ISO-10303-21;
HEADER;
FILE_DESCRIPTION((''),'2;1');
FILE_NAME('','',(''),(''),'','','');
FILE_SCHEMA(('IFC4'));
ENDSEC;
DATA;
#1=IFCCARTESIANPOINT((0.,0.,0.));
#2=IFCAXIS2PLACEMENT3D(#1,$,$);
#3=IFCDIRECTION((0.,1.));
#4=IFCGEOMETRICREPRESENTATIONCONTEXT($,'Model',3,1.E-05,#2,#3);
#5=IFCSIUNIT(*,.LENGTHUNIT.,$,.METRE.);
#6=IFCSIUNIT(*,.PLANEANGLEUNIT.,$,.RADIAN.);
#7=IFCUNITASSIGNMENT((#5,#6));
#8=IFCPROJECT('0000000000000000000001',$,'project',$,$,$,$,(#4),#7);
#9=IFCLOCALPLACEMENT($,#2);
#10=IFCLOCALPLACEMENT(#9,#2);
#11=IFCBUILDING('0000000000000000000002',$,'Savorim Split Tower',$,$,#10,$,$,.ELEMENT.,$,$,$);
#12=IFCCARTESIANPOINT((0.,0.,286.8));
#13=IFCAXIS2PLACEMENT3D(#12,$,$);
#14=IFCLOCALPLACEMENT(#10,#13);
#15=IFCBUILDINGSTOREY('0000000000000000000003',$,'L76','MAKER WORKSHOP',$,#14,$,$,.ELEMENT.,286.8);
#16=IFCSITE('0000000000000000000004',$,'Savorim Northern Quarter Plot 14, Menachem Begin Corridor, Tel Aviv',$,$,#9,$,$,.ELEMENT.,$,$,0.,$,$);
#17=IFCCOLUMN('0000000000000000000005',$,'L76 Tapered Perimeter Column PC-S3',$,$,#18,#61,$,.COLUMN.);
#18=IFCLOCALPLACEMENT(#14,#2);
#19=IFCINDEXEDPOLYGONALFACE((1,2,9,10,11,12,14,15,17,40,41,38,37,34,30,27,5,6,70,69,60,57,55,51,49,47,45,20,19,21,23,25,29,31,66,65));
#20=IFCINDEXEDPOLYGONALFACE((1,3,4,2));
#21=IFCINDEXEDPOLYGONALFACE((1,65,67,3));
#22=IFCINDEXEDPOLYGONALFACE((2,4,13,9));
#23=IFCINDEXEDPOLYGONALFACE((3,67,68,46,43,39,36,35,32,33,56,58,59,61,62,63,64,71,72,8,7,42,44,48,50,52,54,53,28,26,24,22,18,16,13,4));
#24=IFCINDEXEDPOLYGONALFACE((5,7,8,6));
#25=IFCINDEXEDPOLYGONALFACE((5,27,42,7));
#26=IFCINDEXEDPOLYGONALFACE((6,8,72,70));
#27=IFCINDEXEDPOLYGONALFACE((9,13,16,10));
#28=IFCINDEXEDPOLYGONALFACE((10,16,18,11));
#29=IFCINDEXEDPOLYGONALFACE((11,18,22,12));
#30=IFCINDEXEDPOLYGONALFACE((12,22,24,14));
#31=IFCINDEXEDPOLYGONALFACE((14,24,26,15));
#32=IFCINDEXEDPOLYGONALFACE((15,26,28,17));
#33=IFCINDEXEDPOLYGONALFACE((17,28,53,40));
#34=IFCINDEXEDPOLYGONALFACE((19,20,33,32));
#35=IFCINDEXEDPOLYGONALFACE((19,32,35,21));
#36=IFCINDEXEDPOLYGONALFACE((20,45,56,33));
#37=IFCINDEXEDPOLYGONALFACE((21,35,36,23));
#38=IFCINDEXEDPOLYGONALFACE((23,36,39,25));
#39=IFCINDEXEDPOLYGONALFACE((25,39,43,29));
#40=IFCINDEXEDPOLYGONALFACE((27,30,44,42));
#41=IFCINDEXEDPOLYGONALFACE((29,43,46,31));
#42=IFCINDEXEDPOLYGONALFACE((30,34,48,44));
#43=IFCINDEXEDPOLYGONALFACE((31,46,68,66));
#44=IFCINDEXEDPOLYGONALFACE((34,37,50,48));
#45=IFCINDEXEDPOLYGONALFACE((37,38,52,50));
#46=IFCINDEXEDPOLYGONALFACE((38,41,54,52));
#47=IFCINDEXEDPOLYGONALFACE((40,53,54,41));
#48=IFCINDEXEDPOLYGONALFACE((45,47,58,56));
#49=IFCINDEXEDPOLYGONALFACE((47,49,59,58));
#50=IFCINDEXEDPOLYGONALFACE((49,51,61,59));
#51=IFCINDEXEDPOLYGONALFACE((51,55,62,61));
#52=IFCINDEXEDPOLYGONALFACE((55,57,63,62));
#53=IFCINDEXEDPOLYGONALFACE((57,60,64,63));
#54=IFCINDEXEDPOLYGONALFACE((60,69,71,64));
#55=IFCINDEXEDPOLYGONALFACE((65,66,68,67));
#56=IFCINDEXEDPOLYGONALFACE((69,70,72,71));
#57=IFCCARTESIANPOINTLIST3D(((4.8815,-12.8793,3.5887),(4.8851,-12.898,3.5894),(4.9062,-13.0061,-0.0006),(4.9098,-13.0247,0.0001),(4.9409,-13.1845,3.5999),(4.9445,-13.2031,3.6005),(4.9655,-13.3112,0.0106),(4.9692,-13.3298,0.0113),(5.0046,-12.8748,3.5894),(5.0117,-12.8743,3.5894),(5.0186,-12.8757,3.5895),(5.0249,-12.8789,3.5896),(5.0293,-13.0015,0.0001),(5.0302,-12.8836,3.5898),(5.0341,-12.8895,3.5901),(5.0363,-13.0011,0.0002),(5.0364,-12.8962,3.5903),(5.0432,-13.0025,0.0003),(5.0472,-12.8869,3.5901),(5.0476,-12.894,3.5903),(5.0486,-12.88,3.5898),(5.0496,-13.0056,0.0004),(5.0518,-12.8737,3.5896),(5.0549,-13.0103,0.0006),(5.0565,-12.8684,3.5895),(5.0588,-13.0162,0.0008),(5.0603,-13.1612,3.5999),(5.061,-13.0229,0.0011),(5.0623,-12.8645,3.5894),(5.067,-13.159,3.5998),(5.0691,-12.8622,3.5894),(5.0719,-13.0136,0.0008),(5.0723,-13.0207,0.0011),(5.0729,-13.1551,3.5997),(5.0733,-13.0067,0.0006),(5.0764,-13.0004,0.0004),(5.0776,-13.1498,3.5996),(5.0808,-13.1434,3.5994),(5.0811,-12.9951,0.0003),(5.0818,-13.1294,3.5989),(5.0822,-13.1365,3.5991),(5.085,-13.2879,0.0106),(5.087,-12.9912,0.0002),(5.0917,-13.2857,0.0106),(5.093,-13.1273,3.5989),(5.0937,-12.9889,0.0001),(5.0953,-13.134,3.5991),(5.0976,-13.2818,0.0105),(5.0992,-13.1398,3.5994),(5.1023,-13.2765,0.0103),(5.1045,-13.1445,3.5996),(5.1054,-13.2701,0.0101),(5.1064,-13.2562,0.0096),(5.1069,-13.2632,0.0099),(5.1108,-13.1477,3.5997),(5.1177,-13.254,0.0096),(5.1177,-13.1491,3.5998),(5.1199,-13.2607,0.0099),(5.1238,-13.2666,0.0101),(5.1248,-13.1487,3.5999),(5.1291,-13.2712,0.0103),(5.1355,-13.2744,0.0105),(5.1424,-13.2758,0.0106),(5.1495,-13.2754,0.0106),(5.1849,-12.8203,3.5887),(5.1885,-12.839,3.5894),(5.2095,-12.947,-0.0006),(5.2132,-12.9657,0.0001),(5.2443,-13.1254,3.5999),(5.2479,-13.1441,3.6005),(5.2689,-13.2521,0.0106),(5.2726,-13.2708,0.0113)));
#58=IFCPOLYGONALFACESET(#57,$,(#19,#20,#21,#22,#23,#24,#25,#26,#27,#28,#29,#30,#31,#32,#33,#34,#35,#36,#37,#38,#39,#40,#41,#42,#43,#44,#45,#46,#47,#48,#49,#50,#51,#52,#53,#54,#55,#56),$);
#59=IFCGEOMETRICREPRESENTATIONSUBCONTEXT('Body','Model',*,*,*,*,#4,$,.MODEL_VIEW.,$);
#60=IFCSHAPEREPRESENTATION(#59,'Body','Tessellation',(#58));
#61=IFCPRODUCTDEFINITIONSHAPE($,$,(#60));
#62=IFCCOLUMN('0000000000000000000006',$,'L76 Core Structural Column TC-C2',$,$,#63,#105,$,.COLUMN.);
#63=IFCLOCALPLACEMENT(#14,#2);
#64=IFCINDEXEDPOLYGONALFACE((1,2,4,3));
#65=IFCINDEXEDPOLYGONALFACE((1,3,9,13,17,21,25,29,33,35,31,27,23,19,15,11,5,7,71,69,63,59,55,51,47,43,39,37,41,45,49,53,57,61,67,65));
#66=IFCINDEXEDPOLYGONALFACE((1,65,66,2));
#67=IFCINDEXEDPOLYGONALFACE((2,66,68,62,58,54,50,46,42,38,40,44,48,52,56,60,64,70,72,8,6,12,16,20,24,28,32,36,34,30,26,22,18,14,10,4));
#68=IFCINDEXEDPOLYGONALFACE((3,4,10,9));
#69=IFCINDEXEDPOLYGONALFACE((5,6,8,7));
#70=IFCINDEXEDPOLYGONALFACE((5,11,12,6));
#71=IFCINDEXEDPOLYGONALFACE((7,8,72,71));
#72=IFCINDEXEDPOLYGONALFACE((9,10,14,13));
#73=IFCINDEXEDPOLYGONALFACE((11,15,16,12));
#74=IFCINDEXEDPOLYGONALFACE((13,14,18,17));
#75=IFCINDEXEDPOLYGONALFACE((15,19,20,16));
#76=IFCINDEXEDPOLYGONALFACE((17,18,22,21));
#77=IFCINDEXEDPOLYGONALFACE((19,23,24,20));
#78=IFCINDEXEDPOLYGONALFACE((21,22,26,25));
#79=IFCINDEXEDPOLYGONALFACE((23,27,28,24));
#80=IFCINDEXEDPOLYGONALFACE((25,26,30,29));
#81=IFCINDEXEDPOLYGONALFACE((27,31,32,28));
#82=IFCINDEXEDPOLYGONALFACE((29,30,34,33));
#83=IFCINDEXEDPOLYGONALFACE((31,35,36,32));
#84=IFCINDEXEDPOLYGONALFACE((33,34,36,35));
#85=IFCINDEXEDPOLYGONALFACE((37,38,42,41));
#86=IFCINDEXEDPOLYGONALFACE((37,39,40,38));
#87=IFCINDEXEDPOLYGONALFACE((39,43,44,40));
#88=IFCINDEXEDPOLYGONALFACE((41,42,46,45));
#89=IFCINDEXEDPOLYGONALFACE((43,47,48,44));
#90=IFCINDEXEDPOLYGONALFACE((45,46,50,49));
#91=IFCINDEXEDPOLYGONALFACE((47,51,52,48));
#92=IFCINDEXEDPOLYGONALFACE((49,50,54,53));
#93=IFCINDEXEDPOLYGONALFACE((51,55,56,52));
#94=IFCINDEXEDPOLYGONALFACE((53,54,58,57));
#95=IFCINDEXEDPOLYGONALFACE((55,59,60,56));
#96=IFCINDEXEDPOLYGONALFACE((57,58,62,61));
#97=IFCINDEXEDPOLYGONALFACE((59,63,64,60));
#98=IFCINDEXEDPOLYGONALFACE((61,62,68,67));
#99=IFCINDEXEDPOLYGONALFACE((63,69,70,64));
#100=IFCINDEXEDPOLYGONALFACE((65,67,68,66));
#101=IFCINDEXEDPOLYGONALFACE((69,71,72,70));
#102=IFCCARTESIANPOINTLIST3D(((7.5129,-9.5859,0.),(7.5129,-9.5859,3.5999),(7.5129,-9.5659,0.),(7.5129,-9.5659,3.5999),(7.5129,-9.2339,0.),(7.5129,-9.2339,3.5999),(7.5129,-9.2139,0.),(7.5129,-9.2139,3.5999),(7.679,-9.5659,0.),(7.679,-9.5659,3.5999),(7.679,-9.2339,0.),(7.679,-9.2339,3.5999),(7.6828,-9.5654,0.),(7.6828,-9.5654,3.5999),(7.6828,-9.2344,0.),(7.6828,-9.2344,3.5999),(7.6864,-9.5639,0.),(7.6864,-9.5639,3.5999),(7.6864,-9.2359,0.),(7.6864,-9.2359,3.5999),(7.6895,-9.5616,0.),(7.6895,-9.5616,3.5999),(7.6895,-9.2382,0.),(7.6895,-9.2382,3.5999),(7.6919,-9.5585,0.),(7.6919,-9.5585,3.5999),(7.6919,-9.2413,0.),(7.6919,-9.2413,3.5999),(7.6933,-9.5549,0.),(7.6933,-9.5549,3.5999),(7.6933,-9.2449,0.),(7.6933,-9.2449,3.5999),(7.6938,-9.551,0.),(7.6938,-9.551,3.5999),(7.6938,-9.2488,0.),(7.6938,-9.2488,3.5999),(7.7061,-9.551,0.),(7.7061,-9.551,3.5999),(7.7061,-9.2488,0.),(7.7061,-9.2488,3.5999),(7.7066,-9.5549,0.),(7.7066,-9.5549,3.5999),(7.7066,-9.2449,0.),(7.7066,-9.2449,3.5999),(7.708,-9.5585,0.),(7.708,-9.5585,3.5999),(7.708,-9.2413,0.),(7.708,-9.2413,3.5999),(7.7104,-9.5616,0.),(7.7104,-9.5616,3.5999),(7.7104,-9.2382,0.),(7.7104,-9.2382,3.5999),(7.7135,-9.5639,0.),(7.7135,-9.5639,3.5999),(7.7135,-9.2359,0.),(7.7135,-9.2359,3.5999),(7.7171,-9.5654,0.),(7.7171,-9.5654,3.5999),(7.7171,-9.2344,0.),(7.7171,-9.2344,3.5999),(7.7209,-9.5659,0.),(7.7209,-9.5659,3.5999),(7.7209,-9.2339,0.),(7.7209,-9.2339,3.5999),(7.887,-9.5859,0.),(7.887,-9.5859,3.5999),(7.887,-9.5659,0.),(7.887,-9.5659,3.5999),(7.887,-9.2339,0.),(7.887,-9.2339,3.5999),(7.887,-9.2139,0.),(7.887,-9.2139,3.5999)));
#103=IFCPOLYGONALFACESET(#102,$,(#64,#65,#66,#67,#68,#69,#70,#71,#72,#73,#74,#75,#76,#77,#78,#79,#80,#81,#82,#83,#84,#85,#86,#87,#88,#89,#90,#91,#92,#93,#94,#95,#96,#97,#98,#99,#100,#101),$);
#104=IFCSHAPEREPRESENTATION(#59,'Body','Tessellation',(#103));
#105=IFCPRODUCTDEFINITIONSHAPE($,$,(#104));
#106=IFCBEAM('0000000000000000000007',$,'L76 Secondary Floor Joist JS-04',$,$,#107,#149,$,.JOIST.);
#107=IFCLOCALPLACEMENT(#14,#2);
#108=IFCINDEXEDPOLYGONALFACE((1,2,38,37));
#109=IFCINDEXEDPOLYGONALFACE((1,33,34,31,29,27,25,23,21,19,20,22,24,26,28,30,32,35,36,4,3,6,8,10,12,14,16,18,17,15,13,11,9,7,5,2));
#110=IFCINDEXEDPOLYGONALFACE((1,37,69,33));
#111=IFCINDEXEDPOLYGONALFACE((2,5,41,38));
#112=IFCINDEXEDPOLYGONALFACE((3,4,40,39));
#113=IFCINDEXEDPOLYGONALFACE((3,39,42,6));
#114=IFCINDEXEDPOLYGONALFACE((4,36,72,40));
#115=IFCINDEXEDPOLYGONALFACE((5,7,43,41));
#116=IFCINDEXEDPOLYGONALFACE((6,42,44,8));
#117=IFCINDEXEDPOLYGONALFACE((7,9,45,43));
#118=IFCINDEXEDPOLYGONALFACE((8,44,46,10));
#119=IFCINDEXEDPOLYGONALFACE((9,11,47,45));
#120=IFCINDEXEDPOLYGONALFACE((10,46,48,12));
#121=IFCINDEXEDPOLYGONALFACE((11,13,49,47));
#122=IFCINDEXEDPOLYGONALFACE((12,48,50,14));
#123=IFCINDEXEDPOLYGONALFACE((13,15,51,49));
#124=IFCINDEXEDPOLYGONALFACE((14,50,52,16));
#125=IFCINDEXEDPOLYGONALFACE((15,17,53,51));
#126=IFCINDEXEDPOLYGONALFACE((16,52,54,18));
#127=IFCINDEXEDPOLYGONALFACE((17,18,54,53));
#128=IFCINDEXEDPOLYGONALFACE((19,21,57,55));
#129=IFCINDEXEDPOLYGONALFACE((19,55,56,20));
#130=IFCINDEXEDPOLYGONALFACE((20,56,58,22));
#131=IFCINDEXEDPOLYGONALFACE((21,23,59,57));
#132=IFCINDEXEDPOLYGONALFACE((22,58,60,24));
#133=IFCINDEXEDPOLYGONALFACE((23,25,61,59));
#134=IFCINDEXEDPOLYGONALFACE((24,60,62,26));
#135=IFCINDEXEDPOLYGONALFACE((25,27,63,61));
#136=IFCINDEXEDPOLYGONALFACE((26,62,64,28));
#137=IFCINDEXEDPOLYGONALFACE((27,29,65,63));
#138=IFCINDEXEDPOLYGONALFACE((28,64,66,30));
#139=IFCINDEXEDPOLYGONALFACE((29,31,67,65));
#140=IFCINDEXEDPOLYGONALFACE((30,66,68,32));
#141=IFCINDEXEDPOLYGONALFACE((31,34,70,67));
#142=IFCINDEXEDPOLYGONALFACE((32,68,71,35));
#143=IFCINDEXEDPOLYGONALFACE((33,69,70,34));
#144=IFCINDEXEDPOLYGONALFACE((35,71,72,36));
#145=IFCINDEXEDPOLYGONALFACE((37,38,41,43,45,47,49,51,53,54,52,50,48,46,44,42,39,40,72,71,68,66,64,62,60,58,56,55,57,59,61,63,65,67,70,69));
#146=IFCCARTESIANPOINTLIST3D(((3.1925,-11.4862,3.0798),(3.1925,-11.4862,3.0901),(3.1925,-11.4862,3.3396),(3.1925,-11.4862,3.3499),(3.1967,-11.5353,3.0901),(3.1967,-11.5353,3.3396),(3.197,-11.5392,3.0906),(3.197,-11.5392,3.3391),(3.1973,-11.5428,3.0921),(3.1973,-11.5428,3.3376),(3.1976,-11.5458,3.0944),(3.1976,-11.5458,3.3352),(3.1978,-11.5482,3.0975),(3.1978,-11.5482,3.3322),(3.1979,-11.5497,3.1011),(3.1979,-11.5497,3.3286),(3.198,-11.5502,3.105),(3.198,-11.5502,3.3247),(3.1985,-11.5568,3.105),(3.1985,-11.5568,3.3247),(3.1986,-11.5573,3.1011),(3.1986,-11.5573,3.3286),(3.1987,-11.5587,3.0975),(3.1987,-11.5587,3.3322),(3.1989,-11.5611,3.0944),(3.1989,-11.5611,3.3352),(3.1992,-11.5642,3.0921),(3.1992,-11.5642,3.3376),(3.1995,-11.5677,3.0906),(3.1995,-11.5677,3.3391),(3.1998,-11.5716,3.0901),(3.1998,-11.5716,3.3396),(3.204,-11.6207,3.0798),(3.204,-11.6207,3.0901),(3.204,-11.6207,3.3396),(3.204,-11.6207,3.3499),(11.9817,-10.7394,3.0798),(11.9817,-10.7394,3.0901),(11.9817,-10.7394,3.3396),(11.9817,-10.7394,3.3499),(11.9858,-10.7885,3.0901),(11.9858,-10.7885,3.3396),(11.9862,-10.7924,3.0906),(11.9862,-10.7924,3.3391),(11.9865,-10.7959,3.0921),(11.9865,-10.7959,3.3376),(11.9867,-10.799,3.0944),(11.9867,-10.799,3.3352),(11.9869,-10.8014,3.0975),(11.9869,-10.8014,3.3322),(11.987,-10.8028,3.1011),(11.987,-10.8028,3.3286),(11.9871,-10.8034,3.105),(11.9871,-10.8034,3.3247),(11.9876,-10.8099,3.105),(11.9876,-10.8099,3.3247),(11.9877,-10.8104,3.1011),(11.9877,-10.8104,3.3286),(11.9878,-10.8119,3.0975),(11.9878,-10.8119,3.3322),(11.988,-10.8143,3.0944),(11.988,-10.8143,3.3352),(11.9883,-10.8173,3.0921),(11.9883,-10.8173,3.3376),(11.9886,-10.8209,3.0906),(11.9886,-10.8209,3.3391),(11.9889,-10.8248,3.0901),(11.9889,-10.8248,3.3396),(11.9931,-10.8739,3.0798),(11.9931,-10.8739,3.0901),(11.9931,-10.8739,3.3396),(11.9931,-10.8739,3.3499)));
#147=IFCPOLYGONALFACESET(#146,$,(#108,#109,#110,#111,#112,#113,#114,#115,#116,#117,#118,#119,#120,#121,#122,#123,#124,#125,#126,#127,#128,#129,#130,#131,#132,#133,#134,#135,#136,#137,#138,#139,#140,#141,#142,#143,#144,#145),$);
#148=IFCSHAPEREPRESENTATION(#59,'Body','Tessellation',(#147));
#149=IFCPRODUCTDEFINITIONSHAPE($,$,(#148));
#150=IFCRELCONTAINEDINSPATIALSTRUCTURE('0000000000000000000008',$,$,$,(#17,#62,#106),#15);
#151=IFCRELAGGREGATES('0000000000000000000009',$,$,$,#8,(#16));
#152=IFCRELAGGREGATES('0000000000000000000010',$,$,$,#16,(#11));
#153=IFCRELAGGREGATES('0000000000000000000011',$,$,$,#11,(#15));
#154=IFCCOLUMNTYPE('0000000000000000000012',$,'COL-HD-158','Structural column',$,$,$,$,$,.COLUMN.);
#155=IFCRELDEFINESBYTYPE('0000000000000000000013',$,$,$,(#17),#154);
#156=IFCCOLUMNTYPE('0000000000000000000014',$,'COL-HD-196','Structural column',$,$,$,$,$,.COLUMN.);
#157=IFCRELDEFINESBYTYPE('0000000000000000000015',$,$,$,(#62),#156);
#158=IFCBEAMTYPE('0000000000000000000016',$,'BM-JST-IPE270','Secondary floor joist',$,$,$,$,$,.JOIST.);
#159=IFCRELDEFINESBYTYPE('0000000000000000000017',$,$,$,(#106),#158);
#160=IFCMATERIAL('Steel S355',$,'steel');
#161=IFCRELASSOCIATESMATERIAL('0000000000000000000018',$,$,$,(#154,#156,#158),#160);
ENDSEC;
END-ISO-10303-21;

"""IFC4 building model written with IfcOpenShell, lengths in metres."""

from ifc_helpers import new_model, si_unit, direction, frame, origin, origin_2d, place, context, subcontext, project, spatial, i_section, extrude, material, material_profile, profile_set, type_object, element, save


model = new_model("IFC4")

# Units and contexts
model_context = context("Model", 3, precision=1e-05, world=origin(), true_north=direction((0.0, 1.0)))
body_context = subcontext(model_context, "Body", "Model", "MODEL_VIEW")
ifc_project = project(units=[si_unit("LENGTHUNIT", "METRE"), si_unit("PLANEANGLEUNIT", "RADIAN")], contexts=[model_context])

# Site, building, storey
site_placement = place(None, origin())
site = spatial("IfcSite", under=ifc_project, at=site_placement, Name="Savorim Northern Quarter Plot 14, Menachem Begin Corridor, Tel Aviv", CompositionType="ELEMENT", RefElevation=0.0)
building_placement = place(site_placement, origin())
building = spatial("IfcBuilding", under=site, at=building_placement, Name="Savorim Split Tower", CompositionType="ELEMENT")
storey_placement = place(building_placement, frame((0.0, 0.0, 286.8)))
storey = spatial("IfcBuildingStorey", under=building, at=storey_placement, Name="L76", Description="MAKER WORKSHOP", CompositionType="ELEMENT", Elevation=286.8)

# Columns
ifc_material_1 = material(Name="Steel S355", Category="steel")
ifc_material_profile_1 = material_profile(ifc_material_1, i_section(OverallWidth=0.3091, OverallDepth=0.3301, WebThickness=0.0115, FlangeThickness=0.019, FilletRadius=0.0271, at=origin_2d()), Name="HD 320x158")
ifc_profile_set_1 = profile_set([ifc_material_profile_1], Name="Steel S355")
column_type_1 = type_object("IfcColumnType", Name="COL-HD-158", Description="Structural column", PredefinedType="COLUMN", material=ifc_profile_set_1)
column_1_placement = place(storey_placement, frame((5.0894, -13.1384, 0.0054), z_axis=(-0.006866, 0.035281, 0.999354), x_axis=(-0.981586, -0.191022, 0.0)))
element("IfcColumn", 1, at=column_1_placement, inside=storey, type_object=column_type_1, Name="L76 Tapered Perimeter Column PC-S3", PredefinedType="COLUMN", context=body_context, shape_type="SweptSolid", body=[
    extrude(i_section(OverallWidth=0.3091, OverallDepth=0.3301, WebThickness=0.0115, FlangeThickness=0.019, FilletRadius=0.0271, at=origin_2d()), origin(), (0.0, 0.0, 1.0), 3.5916),
])
ifc_material_profile_2 = material_profile(ifc_material_1, i_section(OverallWidth=0.374, OverallDepth=0.3721, WebThickness=0.0122, FlangeThickness=0.02, FilletRadius=0.0149, at=origin_2d()), Name="HD 360x196")
ifc_profile_set_2 = profile_set([ifc_material_profile_2], Name="Steel S355")
column_type_2 = type_object("IfcColumnType", Name="COL-HD-196", Description="Structural column", PredefinedType="COLUMN", material=ifc_profile_set_2)
column_2_placement = place(storey_placement, frame((7.7, -9.3999, 0.0), z_axis=(0.0, 0.0, 1.0), x_axis=(1.0, 0.0, 0.0)))
element("IfcColumn", 2, at=column_2_placement, inside=storey, type_object=column_type_2, Name="L76 Core Structural Column TC-C2", PredefinedType="COLUMN", context=body_context, shape_type="SweptSolid", body=[
    extrude(i_section(OverallWidth=0.374, OverallDepth=0.3721, WebThickness=0.0122, FlangeThickness=0.02, FilletRadius=0.0149, at=origin_2d()), origin(), (0.0, 0.0, 1.0), 3.5999),
])

# Beam
ifc_material_profile_3 = material_profile(ifc_material_1, i_section(OverallWidth=0.135, OverallDepth=0.27, WebThickness=0.0066, FlangeThickness=0.0103, FilletRadius=0.0149, at=origin_2d()), Name="IPE 270")
ifc_profile_set_3 = profile_set([ifc_material_profile_3], Name="Steel S355")
beam_type_1 = type_object("IfcBeamType", Name="BM-JST-IPE270", Description="Secondary floor joist", PredefinedType="JOIST", material=ifc_profile_set_3)
beam_1_placement = place(storey_placement, frame((3.1982, -11.5535, 3.2148), z_axis=(0.996409, 0.084667, 0.0), x_axis=(-0.084667, 0.996409, 0.0)))
element("IfcBeam", 3, at=beam_1_placement, inside=storey, type_object=beam_type_1, Name="L76 Secondary Floor Joist JS-04", PredefinedType="JOIST", context=body_context, shape_type="SweptSolid", body=[
    extrude(i_section(OverallWidth=0.135, OverallDepth=0.27, WebThickness=0.0066, FlangeThickness=0.0103, FilletRadius=0.0149, at=origin_2d()), origin(), (0.0, 0.0, 1.0), 8.8208),
])

save(model, "model.ifc")
